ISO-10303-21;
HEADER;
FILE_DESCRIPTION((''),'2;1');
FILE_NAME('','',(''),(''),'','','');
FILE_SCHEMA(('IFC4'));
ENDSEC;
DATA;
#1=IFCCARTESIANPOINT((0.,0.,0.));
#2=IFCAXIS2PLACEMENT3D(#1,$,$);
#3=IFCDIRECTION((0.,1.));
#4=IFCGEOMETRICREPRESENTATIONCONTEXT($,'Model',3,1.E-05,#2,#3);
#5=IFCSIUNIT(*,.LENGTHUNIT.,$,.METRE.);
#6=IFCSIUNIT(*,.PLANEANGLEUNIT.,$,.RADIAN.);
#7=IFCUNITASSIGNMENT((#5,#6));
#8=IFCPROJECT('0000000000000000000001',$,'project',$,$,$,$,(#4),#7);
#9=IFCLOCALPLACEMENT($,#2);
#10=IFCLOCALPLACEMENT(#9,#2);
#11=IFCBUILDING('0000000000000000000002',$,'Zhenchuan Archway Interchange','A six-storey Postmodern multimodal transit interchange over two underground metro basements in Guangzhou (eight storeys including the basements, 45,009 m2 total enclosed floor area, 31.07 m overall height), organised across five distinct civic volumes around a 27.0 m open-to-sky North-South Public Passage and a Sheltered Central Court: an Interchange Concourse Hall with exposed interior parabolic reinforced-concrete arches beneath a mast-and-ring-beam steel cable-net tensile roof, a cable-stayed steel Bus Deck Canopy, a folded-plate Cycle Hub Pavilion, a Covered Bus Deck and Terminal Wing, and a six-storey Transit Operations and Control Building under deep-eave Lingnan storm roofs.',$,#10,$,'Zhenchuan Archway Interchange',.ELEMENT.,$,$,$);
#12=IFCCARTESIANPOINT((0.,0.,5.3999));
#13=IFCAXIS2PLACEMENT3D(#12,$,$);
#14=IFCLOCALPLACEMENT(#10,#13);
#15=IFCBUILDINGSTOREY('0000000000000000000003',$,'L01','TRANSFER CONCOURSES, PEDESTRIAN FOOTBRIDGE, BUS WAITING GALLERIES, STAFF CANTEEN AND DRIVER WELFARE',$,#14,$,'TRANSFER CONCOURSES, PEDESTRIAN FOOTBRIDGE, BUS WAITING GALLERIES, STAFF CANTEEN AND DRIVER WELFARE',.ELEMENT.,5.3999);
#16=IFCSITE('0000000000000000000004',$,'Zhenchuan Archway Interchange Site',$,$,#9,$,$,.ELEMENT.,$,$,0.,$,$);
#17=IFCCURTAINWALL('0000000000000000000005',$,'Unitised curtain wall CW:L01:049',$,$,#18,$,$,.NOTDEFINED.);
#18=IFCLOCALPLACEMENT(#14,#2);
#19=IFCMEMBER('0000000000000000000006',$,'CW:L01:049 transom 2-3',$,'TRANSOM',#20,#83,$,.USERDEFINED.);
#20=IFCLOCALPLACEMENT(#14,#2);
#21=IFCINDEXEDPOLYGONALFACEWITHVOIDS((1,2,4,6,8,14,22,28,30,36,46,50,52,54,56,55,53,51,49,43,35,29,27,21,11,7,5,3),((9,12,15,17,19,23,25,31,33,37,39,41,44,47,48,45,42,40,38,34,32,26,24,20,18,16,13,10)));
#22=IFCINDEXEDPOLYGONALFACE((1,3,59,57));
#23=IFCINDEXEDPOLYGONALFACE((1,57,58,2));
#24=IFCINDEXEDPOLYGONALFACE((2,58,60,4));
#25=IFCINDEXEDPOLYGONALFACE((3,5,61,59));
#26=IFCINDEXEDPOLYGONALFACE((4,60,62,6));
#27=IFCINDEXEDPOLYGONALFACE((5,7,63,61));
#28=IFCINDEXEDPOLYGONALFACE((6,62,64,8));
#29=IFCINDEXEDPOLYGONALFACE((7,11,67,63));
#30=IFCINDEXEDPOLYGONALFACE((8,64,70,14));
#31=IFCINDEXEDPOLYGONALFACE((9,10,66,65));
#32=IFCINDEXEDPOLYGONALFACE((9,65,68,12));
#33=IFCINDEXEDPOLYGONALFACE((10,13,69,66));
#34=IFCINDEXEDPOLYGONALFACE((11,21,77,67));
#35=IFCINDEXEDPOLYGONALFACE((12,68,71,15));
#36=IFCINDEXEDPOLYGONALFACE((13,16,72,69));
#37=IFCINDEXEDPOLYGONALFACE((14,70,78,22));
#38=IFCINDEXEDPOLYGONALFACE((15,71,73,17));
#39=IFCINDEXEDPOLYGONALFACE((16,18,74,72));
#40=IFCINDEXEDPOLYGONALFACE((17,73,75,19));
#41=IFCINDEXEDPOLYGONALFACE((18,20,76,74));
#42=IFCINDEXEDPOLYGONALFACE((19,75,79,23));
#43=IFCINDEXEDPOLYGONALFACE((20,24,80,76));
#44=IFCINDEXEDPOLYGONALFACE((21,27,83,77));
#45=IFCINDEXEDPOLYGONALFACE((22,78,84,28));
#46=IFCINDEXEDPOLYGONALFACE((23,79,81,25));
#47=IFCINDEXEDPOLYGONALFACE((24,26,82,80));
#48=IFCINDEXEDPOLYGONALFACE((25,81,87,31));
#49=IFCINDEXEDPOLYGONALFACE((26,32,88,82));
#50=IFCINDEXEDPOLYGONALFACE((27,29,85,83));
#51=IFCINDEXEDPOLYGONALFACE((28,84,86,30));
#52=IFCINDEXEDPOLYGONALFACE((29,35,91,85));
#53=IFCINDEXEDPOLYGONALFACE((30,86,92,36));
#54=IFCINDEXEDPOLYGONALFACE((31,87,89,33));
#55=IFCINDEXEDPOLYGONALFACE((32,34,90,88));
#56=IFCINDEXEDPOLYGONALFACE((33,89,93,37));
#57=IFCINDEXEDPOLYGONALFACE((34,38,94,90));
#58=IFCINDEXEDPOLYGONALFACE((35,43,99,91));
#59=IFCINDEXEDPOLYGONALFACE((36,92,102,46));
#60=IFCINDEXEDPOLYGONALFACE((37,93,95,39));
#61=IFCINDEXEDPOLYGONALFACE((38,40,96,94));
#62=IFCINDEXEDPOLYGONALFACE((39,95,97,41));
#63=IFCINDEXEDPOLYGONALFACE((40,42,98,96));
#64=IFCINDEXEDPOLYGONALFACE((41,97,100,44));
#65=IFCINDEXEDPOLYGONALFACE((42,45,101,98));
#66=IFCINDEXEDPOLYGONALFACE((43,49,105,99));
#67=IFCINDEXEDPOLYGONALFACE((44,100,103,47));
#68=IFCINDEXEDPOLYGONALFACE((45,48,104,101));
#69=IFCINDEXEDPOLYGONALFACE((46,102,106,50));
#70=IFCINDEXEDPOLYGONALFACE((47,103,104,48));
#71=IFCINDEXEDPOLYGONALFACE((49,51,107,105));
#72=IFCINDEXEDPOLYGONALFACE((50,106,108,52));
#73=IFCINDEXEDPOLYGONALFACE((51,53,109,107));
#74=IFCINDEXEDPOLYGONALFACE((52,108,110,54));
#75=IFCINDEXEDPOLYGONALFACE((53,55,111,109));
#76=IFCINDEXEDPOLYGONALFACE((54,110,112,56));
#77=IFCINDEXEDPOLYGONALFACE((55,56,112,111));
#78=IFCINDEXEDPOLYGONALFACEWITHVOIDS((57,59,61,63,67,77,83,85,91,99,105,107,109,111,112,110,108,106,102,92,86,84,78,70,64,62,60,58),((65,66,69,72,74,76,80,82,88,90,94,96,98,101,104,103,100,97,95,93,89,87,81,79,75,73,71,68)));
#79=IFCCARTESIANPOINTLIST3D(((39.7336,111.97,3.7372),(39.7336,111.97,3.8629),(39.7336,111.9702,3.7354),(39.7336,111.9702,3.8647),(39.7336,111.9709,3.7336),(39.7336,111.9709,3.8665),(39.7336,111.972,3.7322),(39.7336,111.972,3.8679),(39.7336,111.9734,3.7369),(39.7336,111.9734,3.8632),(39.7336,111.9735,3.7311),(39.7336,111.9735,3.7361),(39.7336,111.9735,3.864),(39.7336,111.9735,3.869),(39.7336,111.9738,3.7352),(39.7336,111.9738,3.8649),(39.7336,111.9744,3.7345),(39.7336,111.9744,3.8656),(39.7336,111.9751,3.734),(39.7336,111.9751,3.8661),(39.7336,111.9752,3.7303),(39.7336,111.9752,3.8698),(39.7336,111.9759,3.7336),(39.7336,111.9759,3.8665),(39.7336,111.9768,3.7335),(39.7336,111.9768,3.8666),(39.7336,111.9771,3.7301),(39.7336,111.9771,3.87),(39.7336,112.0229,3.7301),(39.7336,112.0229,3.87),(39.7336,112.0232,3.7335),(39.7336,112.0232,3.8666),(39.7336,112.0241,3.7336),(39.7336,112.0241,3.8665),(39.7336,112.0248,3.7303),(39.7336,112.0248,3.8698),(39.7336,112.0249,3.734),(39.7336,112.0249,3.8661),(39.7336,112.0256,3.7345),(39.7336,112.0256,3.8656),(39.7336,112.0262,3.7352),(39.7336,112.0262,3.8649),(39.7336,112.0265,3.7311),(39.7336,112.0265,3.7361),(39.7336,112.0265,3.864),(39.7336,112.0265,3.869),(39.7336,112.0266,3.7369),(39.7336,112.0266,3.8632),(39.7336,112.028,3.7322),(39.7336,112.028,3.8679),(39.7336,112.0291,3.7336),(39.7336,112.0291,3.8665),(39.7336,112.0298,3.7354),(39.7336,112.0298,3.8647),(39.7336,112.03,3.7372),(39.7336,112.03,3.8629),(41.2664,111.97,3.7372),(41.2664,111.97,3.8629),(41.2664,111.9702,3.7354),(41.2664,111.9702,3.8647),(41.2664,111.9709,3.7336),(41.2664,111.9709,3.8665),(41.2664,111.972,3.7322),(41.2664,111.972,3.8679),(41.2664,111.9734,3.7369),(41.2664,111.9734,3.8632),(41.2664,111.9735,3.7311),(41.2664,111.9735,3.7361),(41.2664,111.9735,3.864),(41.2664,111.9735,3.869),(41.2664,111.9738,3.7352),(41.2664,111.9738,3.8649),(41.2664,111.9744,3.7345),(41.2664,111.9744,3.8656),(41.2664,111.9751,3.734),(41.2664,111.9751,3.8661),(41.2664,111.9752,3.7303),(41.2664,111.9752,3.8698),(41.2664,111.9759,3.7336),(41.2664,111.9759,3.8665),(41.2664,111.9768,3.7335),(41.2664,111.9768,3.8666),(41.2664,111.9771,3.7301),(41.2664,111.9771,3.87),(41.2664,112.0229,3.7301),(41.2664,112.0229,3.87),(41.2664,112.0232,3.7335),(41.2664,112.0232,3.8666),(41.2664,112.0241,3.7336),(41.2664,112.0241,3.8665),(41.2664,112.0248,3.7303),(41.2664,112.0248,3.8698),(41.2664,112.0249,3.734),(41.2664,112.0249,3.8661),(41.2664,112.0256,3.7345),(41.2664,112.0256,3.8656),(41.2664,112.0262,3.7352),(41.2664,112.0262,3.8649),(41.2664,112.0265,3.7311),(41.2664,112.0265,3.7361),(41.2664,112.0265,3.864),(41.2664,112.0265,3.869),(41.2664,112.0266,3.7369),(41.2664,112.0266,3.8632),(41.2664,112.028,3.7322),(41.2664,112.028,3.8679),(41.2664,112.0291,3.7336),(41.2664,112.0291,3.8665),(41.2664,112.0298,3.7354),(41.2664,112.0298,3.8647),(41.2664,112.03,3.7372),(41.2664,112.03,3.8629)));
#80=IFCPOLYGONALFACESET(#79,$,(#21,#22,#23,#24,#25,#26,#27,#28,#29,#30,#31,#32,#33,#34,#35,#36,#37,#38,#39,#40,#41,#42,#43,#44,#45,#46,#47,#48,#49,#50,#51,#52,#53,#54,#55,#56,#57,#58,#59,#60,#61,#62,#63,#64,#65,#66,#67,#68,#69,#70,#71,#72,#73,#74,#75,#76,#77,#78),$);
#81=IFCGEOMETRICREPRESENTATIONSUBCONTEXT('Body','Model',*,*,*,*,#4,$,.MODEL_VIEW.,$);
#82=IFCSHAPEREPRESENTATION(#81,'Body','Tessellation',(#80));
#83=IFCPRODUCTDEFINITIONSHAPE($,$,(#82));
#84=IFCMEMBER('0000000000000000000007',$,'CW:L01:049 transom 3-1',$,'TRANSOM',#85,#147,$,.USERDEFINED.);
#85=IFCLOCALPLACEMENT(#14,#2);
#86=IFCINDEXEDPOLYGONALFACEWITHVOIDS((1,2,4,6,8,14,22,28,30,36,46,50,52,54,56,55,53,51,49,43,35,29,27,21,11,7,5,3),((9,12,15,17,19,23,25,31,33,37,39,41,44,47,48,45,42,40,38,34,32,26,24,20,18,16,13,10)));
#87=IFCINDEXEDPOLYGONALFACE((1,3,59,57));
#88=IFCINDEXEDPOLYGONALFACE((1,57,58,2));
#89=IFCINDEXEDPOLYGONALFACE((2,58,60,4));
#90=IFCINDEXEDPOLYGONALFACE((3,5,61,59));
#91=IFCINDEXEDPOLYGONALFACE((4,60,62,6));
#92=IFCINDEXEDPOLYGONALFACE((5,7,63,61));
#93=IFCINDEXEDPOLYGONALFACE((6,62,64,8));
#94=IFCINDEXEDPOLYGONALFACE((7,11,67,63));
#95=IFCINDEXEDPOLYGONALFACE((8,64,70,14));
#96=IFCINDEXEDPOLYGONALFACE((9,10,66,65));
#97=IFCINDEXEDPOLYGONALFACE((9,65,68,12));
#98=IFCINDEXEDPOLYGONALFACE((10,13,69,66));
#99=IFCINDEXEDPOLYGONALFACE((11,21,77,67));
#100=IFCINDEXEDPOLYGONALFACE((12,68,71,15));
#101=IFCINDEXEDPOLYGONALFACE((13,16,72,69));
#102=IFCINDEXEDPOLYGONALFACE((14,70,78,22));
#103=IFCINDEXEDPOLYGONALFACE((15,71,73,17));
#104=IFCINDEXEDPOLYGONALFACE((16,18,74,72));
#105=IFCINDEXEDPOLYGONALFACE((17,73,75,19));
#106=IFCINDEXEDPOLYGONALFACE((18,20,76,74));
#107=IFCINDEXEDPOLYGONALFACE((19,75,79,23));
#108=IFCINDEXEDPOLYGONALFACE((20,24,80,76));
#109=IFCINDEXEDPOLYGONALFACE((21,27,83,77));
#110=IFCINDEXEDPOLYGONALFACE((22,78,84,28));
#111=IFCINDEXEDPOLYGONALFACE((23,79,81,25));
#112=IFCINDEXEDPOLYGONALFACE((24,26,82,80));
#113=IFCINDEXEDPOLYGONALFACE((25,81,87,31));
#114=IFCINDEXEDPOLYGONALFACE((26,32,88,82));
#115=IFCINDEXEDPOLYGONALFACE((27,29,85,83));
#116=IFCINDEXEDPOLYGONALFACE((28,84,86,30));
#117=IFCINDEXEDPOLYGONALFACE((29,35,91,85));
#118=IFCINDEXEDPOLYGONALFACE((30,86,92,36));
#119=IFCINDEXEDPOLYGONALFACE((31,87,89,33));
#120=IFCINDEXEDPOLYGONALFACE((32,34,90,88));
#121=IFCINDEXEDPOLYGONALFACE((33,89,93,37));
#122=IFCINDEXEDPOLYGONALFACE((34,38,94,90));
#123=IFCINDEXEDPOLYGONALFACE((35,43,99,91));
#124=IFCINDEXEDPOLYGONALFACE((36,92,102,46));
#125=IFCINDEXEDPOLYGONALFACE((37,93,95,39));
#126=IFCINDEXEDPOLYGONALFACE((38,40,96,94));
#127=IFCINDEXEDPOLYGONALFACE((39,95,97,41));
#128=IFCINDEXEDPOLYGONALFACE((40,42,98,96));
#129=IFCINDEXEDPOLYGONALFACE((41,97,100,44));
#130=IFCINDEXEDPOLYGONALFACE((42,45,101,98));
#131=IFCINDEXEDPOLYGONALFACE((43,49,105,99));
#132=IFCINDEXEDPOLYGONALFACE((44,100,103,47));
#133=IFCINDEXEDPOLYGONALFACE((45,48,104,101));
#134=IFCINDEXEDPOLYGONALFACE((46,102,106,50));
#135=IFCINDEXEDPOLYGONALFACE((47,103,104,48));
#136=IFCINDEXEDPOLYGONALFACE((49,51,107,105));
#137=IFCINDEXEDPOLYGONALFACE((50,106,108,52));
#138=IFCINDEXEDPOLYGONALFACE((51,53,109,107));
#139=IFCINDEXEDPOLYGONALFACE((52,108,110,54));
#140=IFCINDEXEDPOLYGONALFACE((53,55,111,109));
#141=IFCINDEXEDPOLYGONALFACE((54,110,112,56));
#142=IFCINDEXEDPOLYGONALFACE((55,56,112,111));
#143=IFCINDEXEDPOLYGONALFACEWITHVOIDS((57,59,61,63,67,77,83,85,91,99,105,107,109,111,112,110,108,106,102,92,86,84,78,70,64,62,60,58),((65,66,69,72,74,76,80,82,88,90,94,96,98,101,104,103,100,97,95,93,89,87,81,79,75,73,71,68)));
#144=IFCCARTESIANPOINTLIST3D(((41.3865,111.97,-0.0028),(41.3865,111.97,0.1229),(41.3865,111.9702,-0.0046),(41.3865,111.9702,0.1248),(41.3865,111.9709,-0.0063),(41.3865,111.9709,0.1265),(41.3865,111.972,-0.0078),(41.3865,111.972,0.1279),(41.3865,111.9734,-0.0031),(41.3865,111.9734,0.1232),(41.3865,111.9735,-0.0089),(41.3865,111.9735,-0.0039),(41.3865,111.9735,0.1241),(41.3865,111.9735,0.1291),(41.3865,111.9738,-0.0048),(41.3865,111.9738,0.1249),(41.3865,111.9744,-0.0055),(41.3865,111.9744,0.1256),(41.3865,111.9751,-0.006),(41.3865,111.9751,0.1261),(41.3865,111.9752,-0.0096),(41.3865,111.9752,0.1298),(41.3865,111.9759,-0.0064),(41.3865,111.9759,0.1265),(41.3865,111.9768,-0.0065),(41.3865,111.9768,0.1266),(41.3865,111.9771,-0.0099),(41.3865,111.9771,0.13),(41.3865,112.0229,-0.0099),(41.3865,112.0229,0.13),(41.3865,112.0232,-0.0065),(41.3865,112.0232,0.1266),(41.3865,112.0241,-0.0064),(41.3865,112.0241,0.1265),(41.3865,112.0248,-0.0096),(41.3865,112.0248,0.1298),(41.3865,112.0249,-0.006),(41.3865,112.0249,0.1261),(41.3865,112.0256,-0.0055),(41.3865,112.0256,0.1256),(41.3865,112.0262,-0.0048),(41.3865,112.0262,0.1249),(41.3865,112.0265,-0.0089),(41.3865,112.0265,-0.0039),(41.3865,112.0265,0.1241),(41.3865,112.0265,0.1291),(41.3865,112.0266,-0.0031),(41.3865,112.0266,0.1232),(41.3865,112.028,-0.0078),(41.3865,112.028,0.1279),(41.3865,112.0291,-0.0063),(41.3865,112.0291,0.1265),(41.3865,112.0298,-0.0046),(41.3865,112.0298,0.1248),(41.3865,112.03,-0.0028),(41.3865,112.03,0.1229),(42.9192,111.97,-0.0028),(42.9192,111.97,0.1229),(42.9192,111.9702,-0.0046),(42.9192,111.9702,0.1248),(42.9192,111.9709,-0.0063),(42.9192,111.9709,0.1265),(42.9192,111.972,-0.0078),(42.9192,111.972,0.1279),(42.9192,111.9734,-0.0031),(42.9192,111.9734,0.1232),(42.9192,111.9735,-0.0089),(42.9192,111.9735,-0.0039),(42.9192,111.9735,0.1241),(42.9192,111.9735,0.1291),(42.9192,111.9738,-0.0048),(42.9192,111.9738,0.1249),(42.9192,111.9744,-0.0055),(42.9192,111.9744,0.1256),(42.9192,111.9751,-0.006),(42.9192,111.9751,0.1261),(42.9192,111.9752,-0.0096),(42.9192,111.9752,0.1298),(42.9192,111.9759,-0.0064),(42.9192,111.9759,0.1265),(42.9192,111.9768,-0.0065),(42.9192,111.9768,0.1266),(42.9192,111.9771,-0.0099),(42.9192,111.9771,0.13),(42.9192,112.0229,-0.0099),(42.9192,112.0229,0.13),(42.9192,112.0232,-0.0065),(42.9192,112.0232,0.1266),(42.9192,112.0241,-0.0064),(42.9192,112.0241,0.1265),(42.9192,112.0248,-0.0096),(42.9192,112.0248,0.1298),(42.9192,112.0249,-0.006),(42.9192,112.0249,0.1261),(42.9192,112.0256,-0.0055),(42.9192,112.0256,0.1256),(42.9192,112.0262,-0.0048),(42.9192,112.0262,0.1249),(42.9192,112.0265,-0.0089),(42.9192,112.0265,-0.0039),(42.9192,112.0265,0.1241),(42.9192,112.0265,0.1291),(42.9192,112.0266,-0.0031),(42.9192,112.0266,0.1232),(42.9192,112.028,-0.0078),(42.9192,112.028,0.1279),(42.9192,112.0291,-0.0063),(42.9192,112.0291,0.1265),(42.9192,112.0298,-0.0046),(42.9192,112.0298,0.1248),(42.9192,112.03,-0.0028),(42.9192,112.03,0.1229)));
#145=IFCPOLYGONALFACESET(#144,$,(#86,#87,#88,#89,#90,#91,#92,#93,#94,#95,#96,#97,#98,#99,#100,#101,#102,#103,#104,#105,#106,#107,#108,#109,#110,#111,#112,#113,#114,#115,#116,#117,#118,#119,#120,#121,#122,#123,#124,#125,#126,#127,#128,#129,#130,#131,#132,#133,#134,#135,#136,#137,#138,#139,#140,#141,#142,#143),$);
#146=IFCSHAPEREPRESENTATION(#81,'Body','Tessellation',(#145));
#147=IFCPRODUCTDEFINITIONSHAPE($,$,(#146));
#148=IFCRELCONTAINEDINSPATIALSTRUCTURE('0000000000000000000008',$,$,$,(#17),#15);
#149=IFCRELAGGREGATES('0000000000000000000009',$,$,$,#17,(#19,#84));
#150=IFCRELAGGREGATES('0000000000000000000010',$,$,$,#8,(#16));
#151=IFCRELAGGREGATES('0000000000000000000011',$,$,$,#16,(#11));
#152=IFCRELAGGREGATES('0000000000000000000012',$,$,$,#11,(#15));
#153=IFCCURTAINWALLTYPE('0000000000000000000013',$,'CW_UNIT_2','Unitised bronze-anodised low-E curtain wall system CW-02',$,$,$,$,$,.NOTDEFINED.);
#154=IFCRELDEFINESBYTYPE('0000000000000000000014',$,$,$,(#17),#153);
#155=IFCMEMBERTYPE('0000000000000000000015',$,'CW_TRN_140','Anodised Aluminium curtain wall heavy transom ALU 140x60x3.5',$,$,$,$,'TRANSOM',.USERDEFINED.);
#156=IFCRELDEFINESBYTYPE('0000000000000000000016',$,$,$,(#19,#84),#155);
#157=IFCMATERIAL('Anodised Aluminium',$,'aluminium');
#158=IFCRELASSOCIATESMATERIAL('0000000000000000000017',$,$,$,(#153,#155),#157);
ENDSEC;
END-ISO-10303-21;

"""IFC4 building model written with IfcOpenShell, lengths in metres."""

from ifc_helpers import new_model, si_unit, direction, frame, origin, origin_2d, place, context, subcontext, project, spatial, hollow_rectangle, extrude, material, material_profile, profile_set, type_object, element, aggregate, save


model = new_model("IFC4")

# Units and contexts
model_context = context("Model", 3, precision=1e-05, world=origin(), true_north=direction((0.0, 1.0)))
body_context = subcontext(model_context, "Body", "Model", "MODEL_VIEW")
ifc_project = project(units=[si_unit("LENGTHUNIT", "METRE"), si_unit("PLANEANGLEUNIT", "RADIAN")], contexts=[model_context])

# Site, building, storey
site_placement = place(None, origin())
site = spatial("IfcSite", under=ifc_project, at=site_placement, Name="Zhenchuan Archway Interchange Site", CompositionType="ELEMENT", RefElevation=0.0)
building_placement = place(site_placement, origin())
building = spatial("IfcBuilding", under=site, at=building_placement, Name="Zhenchuan Archway Interchange", Description="A six-storey Postmodern multimodal transit interchange over two underground metro basements in Guangzhou (eight storeys including the basements, 45,009 m2 total enclosed floor area, 31.07 m overall height), organised across five distinct civic volumes around a 27.0 m open-to-sky North-South Public Passage and a Sheltered Central Court: an Interchange Concourse Hall with exposed interior parabolic reinforced-concrete arches beneath a mast-and-ring-beam steel cable-net tensile roof, a cable-stayed steel Bus Deck Canopy, a folded-plate Cycle Hub Pavilion, a Covered Bus Deck and Terminal Wing, and a six-storey Transit Operations and Control Building under deep-eave Lingnan storm roofs.", LongName="Zhenchuan Archway Interchange", CompositionType="ELEMENT")
storey_placement = place(building_placement, frame((0.0, 0.0, 5.3999)))
storey = spatial("IfcBuildingStorey", under=building, at=storey_placement, Name="L01", Description="TRANSFER CONCOURSES, PEDESTRIAN FOOTBRIDGE, BUS WAITING GALLERIES, STAFF CANTEEN AND DRIVER WELFARE", LongName="TRANSFER CONCOURSES, PEDESTRIAN FOOTBRIDGE, BUS WAITING GALLERIES, STAFF CANTEEN AND DRIVER WELFARE", CompositionType="ELEMENT", Elevation=5.3999)

# Curtain wall, members
ifc_material_1 = material(Name="Anodised Aluminium", Category="aluminium")
curtain_wall_type_1 = type_object("IfcCurtainWallType", Name="CW_UNIT_2", Description="Unitised bronze-anodised low-E curtain wall system CW-02", PredefinedType="NOTDEFINED", material=ifc_material_1)
curtain_wall_1_placement = place(storey_placement, origin())
curtain_wall_1 = element("IfcCurtainWall", 1, at=curtain_wall_1_placement, inside=storey, type_object=curtain_wall_type_1, Name="Unitised curtain wall CW:L01:049", PredefinedType="NOTDEFINED")
ifc_material_profile_1 = material_profile(ifc_material_1, hollow_rectangle(XDim=0.0601, YDim=0.1399, WallThickness=0.0034, InnerFilletRadius=0.0034, OuterFilletRadius=0.0071, at=origin_2d()), Name="ALU 140x60x3.5")
ifc_profile_set_1 = profile_set([ifc_material_profile_1], Name="Anodised Aluminium")
member_type_1 = type_object("IfcMemberType", Name="CW_TRN_140", Description="Anodised Aluminium curtain wall heavy transom ALU 140x60x3.5", ElementType="TRANSOM", PredefinedType="USERDEFINED", material=ifc_profile_set_1)
member_1_placement = place(storey_placement, frame((39.7336, 112.0, 3.8), z_axis=(1.0, 0.0, 0.0), x_axis=(0.0, 1.0, 0.0)))
member_1 = element("IfcMember", 2, at=member_1_placement, type_object=member_type_1, Name="CW:L01:049 transom 2-3", ObjectType="TRANSOM", PredefinedType="USERDEFINED", context=body_context, shape_type="SweptSolid", body=[
    extrude(hollow_rectangle(XDim=0.0601, YDim=0.1399, WallThickness=0.0034, InnerFilletRadius=0.0034, OuterFilletRadius=0.0071, at=origin_2d()), origin(), (0.0, 0.0, 1.0), 1.5327),
])
member_2_placement = place(storey_placement, frame((41.3865, 112.0, 0.0601), z_axis=(1.0, 0.0, 0.0), x_axis=(0.0, 1.0, 0.0)))
member_2 = element("IfcMember", 3, at=member_2_placement, type_object=member_type_1, Name="CW:L01:049 transom 3-1", ObjectType="TRANSOM", PredefinedType="USERDEFINED", context=body_context, shape_type="SweptSolid", body=[
    extrude(hollow_rectangle(XDim=0.0601, YDim=0.1399, WallThickness=0.0034, InnerFilletRadius=0.0034, OuterFilletRadius=0.0071, at=origin_2d()), origin(), (0.0, 0.0, 1.0), 1.5327),
])

aggregate(curtain_wall_1, [member_1, member_2])

save(model, "model.ifc")
